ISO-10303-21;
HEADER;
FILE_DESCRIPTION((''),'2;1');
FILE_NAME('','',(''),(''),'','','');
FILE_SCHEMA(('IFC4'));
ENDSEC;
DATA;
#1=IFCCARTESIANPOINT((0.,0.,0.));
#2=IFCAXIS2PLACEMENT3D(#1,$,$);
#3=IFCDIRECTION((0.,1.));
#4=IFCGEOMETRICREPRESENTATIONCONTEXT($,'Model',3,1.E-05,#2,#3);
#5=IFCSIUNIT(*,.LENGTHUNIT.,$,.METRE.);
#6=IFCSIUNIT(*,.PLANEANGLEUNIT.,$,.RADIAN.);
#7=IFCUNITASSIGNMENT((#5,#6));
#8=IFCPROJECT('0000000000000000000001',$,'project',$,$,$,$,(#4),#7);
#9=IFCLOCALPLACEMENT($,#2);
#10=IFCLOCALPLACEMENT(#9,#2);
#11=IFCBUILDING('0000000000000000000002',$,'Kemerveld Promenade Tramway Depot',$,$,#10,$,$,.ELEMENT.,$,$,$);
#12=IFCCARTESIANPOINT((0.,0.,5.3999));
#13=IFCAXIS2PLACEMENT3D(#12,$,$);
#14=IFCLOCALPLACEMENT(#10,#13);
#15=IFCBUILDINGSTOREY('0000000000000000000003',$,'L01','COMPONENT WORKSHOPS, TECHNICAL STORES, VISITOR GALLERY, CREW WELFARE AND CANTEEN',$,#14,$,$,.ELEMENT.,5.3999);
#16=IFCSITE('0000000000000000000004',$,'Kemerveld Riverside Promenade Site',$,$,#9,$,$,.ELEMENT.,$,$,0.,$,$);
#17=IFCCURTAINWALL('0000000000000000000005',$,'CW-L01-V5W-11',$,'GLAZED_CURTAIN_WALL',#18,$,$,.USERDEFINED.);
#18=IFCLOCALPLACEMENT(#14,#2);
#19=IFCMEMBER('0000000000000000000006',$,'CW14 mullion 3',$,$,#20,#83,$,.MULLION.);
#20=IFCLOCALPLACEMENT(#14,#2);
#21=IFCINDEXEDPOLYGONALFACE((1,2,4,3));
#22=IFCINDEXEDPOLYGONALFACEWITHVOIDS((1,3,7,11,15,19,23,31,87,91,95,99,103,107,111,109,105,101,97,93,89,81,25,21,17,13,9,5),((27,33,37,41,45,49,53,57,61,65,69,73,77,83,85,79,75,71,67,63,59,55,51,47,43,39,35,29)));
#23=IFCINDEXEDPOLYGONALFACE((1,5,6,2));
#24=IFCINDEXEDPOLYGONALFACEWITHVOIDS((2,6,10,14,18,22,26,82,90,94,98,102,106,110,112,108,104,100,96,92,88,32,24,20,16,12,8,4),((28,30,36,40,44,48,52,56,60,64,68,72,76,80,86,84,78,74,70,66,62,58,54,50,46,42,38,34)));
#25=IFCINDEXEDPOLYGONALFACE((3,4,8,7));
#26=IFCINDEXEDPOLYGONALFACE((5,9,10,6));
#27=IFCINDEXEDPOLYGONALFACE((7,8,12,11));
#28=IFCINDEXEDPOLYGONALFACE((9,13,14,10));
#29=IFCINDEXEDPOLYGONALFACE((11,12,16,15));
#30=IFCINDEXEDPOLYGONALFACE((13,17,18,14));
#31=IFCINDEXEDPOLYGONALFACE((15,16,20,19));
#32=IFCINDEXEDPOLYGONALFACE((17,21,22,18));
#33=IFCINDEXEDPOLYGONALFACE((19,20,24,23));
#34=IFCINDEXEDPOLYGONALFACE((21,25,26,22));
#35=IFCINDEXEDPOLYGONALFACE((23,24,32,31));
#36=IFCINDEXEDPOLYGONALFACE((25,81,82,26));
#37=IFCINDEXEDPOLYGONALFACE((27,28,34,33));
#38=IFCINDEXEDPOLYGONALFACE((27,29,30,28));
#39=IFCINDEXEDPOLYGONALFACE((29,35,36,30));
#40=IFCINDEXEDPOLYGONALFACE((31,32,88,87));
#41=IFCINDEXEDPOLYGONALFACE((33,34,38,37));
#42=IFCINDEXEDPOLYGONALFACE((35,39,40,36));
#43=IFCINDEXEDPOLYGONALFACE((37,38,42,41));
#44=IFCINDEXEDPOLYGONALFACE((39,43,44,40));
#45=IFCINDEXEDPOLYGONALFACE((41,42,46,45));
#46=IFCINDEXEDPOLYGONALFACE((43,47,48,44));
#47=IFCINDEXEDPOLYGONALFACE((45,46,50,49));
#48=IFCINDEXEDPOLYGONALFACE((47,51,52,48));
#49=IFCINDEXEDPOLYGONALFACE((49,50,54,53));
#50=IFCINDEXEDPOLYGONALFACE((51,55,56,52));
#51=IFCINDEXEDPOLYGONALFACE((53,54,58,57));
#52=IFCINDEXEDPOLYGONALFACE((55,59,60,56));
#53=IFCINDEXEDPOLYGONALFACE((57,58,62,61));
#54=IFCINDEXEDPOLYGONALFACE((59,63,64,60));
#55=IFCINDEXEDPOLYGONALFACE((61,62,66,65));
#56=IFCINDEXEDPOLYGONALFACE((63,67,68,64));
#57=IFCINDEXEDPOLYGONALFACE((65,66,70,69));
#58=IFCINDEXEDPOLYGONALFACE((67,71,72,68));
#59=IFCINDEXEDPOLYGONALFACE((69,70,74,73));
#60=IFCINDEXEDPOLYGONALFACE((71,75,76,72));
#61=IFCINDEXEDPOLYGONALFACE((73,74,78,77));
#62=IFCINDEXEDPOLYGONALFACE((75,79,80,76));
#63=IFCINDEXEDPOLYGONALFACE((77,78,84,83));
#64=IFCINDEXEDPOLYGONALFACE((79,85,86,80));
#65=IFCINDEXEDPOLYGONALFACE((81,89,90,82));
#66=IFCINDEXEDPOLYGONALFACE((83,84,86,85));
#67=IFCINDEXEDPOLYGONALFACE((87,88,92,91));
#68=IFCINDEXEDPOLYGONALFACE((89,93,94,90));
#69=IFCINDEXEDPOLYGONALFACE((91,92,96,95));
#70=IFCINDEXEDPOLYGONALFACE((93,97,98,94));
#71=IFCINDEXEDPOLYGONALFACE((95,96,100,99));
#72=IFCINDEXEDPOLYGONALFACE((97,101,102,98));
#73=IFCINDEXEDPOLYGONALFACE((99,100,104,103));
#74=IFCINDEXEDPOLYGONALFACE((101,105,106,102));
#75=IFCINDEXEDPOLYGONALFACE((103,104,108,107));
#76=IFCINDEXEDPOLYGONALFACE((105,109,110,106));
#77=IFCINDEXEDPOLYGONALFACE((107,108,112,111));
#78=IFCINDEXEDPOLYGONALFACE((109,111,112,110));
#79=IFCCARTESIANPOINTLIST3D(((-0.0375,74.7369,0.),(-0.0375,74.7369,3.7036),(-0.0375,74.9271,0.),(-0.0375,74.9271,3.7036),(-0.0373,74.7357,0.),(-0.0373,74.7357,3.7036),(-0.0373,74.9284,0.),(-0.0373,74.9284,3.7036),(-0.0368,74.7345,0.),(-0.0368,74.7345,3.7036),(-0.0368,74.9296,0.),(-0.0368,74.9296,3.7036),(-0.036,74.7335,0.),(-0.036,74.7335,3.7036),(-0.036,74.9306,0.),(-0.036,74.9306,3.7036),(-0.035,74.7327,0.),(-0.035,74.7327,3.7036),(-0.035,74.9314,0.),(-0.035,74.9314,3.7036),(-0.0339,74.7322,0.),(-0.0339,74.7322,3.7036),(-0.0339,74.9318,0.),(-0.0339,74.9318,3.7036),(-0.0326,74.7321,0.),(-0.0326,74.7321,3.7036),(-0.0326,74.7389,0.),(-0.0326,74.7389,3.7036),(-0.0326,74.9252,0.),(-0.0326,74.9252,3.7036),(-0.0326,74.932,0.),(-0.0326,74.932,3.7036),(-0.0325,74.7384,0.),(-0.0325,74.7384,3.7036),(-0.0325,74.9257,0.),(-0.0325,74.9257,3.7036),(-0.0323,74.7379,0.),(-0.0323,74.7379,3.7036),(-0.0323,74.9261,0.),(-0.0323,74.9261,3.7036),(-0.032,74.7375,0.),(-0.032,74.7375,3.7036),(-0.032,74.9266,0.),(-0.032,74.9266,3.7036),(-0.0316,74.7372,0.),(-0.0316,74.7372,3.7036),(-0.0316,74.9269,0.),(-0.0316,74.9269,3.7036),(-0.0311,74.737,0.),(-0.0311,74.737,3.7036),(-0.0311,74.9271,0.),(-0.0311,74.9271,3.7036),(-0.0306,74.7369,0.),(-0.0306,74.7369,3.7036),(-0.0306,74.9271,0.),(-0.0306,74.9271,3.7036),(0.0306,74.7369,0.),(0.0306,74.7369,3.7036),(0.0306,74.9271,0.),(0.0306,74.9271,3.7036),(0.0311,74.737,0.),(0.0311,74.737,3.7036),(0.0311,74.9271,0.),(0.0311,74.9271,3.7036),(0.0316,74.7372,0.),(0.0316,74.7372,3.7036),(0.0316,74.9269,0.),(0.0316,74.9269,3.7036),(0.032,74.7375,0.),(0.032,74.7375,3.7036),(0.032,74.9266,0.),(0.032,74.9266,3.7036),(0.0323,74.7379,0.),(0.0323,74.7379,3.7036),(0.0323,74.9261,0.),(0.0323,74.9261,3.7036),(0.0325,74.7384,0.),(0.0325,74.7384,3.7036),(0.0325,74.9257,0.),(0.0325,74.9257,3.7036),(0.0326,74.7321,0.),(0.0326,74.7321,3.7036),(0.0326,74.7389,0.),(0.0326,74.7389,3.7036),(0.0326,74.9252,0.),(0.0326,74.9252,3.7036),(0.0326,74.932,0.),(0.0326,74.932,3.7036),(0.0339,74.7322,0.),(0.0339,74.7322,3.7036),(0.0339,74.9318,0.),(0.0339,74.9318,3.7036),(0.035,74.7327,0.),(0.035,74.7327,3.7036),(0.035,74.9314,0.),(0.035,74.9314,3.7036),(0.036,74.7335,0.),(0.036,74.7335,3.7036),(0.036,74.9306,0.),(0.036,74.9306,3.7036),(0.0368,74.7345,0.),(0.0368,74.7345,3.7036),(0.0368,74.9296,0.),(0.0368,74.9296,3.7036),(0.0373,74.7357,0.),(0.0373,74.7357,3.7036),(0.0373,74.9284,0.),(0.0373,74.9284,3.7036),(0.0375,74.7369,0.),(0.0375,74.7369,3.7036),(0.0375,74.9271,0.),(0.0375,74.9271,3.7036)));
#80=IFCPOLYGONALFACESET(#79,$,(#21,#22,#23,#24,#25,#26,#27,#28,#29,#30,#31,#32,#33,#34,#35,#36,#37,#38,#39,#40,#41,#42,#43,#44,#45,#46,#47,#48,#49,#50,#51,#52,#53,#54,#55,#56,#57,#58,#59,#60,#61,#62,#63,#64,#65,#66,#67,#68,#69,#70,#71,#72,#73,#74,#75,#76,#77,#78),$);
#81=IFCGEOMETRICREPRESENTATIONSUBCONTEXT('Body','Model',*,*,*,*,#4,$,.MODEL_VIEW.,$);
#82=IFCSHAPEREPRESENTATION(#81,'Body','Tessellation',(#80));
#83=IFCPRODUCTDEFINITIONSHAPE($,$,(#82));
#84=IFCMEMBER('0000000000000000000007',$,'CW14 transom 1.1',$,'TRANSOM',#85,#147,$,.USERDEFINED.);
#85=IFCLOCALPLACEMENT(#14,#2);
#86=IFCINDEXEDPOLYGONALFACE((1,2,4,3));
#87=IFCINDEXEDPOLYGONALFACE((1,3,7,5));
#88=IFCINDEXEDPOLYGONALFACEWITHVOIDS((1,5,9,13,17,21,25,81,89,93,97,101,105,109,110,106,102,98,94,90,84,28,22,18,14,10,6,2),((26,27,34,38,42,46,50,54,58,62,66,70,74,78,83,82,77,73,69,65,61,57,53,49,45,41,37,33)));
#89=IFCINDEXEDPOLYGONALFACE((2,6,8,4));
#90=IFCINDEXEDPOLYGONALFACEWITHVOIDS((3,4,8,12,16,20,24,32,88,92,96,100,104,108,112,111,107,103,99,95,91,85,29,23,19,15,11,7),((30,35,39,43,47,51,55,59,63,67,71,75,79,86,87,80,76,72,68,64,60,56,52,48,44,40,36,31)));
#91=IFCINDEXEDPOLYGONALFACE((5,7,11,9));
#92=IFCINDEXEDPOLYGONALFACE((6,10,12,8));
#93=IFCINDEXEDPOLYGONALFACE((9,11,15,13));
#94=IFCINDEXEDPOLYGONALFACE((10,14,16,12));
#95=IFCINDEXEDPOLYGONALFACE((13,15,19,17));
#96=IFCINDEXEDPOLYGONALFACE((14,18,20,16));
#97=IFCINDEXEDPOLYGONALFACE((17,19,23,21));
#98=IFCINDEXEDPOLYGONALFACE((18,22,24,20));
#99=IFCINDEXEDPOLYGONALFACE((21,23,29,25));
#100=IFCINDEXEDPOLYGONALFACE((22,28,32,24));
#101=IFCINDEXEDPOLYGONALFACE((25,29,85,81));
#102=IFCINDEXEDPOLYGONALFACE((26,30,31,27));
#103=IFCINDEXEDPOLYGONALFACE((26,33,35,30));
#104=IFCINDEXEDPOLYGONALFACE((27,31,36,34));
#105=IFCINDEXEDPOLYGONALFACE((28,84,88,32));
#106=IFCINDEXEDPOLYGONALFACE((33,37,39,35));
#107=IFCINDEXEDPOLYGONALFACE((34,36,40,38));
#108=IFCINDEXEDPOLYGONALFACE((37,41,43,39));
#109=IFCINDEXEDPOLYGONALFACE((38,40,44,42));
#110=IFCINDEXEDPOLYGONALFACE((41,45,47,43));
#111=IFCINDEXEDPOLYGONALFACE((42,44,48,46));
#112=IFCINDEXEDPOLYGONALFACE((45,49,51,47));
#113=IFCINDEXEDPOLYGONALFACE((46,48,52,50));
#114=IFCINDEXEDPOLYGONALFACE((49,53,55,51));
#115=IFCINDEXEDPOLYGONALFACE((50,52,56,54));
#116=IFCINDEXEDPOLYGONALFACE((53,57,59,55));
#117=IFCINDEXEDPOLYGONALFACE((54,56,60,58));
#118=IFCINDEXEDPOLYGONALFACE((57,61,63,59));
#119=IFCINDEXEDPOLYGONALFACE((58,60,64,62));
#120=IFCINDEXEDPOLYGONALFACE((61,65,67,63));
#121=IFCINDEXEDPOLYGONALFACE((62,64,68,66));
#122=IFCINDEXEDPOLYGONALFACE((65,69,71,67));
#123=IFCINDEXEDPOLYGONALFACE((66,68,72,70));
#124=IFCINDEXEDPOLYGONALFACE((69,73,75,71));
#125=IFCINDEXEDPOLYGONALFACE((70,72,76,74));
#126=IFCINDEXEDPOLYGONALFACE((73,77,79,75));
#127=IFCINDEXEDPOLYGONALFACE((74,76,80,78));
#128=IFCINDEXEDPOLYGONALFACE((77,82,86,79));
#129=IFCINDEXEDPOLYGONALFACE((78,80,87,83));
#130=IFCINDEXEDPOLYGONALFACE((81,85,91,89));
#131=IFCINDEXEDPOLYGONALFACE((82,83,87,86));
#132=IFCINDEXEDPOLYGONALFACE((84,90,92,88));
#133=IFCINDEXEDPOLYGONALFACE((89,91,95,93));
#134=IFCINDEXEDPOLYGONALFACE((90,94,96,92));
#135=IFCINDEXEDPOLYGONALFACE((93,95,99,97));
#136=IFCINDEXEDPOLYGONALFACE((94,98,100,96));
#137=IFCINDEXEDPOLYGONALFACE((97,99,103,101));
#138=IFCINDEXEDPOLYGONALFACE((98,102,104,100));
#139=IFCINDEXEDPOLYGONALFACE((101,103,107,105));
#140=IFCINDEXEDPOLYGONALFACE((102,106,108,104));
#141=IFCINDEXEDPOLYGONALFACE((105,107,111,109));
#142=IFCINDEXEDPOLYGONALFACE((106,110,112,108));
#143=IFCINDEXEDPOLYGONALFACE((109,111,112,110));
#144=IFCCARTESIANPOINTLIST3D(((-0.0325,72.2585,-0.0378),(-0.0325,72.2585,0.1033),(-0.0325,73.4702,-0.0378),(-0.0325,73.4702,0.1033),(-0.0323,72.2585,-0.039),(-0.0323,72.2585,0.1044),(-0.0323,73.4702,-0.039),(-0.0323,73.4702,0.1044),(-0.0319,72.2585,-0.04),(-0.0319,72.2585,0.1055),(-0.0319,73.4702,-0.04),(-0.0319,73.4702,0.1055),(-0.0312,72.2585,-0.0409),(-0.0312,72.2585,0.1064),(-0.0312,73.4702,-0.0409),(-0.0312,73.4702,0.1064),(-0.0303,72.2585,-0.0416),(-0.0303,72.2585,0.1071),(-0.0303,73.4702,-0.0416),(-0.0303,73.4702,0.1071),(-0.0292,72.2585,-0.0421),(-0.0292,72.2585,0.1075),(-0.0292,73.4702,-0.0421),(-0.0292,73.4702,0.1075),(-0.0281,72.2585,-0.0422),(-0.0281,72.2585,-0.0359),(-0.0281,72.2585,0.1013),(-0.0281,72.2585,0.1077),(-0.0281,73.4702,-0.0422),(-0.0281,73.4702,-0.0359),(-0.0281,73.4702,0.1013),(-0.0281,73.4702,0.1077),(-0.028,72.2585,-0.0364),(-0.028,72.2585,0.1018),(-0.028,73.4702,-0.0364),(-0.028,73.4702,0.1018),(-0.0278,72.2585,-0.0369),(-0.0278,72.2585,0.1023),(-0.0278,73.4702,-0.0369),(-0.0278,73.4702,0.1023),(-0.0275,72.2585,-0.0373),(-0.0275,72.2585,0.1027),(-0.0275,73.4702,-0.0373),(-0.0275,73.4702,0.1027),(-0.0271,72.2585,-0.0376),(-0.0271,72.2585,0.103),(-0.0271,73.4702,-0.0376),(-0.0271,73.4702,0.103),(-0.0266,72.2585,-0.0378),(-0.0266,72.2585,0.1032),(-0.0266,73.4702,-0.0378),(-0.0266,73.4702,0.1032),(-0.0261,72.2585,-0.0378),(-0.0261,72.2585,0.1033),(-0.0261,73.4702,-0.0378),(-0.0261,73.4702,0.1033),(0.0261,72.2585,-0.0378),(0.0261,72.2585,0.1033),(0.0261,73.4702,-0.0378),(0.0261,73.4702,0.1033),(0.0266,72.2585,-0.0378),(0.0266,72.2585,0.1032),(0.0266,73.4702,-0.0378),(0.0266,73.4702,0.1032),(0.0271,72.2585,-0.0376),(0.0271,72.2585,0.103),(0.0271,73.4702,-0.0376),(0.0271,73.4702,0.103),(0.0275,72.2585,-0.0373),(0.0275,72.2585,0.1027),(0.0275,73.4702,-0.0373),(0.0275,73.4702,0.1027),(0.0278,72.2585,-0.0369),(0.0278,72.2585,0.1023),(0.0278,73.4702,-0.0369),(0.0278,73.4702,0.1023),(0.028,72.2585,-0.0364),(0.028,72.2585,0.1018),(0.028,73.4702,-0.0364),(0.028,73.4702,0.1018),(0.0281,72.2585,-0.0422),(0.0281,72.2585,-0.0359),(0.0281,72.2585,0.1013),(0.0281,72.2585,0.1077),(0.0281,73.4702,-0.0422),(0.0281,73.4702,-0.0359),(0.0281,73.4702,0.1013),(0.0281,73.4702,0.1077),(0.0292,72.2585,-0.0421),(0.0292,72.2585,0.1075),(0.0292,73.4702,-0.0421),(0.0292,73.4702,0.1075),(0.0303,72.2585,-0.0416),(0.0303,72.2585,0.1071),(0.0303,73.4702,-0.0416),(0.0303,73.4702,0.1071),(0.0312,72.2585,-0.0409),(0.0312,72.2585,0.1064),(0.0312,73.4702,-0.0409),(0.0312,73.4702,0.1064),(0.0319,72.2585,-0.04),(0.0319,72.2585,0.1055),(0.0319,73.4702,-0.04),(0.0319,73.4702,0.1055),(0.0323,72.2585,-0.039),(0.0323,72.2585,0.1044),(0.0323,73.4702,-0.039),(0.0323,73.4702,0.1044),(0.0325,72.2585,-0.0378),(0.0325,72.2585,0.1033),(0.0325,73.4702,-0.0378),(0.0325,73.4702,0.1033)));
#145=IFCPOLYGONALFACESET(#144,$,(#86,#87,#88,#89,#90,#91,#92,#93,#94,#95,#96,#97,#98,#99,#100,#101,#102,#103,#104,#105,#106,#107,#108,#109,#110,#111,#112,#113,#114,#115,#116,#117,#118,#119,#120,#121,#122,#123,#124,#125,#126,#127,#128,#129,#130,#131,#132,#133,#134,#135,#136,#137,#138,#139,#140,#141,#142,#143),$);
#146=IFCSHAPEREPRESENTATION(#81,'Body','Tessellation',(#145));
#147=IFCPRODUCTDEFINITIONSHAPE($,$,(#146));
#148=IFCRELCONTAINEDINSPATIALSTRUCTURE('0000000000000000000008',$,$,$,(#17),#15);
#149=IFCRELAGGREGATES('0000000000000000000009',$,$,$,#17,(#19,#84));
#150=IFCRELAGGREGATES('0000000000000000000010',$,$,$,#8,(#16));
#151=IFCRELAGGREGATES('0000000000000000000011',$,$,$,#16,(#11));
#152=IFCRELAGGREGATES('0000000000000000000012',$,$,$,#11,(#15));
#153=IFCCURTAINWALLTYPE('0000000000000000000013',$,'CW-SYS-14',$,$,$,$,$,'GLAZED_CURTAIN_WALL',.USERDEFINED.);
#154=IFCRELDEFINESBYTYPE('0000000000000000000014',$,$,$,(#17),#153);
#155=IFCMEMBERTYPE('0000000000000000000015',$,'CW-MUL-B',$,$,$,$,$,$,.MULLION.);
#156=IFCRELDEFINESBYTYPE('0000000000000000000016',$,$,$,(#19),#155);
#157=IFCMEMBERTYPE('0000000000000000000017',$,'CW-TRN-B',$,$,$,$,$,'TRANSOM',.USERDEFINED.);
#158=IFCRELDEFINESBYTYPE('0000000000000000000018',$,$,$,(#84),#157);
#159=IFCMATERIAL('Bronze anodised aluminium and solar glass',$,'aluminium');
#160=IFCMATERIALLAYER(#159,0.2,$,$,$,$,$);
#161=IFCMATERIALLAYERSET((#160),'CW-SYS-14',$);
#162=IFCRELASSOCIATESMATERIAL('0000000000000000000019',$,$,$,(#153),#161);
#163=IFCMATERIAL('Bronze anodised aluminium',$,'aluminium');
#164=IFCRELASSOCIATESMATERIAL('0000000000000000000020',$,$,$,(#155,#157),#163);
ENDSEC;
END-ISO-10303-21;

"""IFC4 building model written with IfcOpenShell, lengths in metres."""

from ifc_helpers import new_model, si_unit, direction, frame, origin, origin_2d, place, context, subcontext, project, spatial, hollow_rectangle, extrude, material, layer, layer_set, material_profile, profile_set, type_object, element, aggregate, save


model = new_model("IFC4")

# Units and contexts
model_context = context("Model", 3, precision=1e-05, world=origin(), true_north=direction((0.0, 1.0)))
body_context = subcontext(model_context, "Body", "Model", "MODEL_VIEW")
ifc_project = project(units=[si_unit("LENGTHUNIT", "METRE"), si_unit("PLANEANGLEUNIT", "RADIAN")], contexts=[model_context])

# Site, building, storey
site_placement = place(None, origin())
site = spatial("IfcSite", under=ifc_project, at=site_placement, Name="Kemerveld Riverside Promenade Site", CompositionType="ELEMENT", RefElevation=0.0)
building_placement = place(site_placement, origin())
building = spatial("IfcBuilding", under=site, at=building_placement, Name="Kemerveld Promenade Tramway Depot", CompositionType="ELEMENT")
storey_placement = place(building_placement, frame((0.0, 0.0, 5.3999)))
storey = spatial("IfcBuildingStorey", under=building, at=storey_placement, Name="L01", Description="COMPONENT WORKSHOPS, TECHNICAL STORES, VISITOR GALLERY, CREW WELFARE AND CANTEEN", CompositionType="ELEMENT", Elevation=5.3999)

# Curtain wall, members
ifc_material_1 = material(Name="Bronze anodised aluminium and solar glass", Category="aluminium")
ifc_layer_1 = layer(ifc_material_1, 0.2)
ifc_layer_set_1 = layer_set([ifc_layer_1], Name="CW-SYS-14")
curtain_wall_type = type_object("IfcCurtainWallType", Name="CW-SYS-14", ElementType="GLAZED_CURTAIN_WALL", PredefinedType="USERDEFINED", material=ifc_layer_set_1)
curtain_wall_placement = place(storey_placement, origin())
curtain_wall = element("IfcCurtainWall", 1, at=curtain_wall_placement, inside=storey, type_object=curtain_wall_type, Name="CW-L01-V5W-11", ObjectType="GLAZED_CURTAIN_WALL", PredefinedType="USERDEFINED")
ifc_material_2 = material(Name="Bronze anodised aluminium", Category="aluminium")
ifc_material_profile_1 = material_profile(ifc_material_2, hollow_rectangle(XDim=0.075, YDim=0.2, WallThickness=0.0049, InnerFilletRadius=0.002, OuterFilletRadius=0.0049, at=origin_2d()), Name="CW-MUL-200x75")
ifc_profile_set_1 = profile_set([ifc_material_profile_1], Name="Bronze anodised aluminium")
member_type_1 = type_object("IfcMemberType", Name="CW-MUL-B", PredefinedType="MULLION", material=ifc_profile_set_1)
member_1_placement = place(storey_placement, frame((0.0, 74.832, 0.0), z_axis=(0.0, 0.0, 1.0), x_axis=(-1.0, 0.0, 0.0)))
member_1 = element("IfcMember", 2, at=member_1_placement, type_object=member_type_1, Name="CW14 mullion 3", PredefinedType="MULLION", context=body_context, shape_type="SweptSolid", body=[
    extrude(hollow_rectangle(XDim=0.075, YDim=0.2, WallThickness=0.0049, InnerFilletRadius=0.002, OuterFilletRadius=0.0049, at=origin_2d()), origin(), (0.0, 0.0, 1.0), 3.7036),
])
ifc_material_profile_2 = material_profile(ifc_material_2, hollow_rectangle(XDim=0.0649, YDim=0.1499, WallThickness=0.0044, InnerFilletRadius=0.002, OuterFilletRadius=0.0044, at=origin_2d()), Name="CW-TRN-150x65")
ifc_profile_set_2 = profile_set([ifc_material_profile_2], Name="Bronze anodised aluminium")
member_type_2 = type_object("IfcMemberType", Name="CW-TRN-B", ElementType="TRANSOM", PredefinedType="USERDEFINED", material=ifc_profile_set_2)
member_2_placement = place(storey_placement, frame((0.0, 72.2585, 0.0327), z_axis=(0.0, 1.0, 0.0), x_axis=(-1.0, 0.0, 0.0)))
member_2 = element("IfcMember", 3, at=member_2_placement, type_object=member_type_2, Name="CW14 transom 1.1", ObjectType="TRANSOM", PredefinedType="USERDEFINED", context=body_context, shape_type="SweptSolid", body=[
    extrude(hollow_rectangle(XDim=0.0649, YDim=0.1499, WallThickness=0.0044, InnerFilletRadius=0.002, OuterFilletRadius=0.0044, at=origin_2d()), origin(), (0.0, 0.0, 1.0), 1.2117),
])
aggregate(curtain_wall, [member_1, member_2])

save(model, "model.ifc")
